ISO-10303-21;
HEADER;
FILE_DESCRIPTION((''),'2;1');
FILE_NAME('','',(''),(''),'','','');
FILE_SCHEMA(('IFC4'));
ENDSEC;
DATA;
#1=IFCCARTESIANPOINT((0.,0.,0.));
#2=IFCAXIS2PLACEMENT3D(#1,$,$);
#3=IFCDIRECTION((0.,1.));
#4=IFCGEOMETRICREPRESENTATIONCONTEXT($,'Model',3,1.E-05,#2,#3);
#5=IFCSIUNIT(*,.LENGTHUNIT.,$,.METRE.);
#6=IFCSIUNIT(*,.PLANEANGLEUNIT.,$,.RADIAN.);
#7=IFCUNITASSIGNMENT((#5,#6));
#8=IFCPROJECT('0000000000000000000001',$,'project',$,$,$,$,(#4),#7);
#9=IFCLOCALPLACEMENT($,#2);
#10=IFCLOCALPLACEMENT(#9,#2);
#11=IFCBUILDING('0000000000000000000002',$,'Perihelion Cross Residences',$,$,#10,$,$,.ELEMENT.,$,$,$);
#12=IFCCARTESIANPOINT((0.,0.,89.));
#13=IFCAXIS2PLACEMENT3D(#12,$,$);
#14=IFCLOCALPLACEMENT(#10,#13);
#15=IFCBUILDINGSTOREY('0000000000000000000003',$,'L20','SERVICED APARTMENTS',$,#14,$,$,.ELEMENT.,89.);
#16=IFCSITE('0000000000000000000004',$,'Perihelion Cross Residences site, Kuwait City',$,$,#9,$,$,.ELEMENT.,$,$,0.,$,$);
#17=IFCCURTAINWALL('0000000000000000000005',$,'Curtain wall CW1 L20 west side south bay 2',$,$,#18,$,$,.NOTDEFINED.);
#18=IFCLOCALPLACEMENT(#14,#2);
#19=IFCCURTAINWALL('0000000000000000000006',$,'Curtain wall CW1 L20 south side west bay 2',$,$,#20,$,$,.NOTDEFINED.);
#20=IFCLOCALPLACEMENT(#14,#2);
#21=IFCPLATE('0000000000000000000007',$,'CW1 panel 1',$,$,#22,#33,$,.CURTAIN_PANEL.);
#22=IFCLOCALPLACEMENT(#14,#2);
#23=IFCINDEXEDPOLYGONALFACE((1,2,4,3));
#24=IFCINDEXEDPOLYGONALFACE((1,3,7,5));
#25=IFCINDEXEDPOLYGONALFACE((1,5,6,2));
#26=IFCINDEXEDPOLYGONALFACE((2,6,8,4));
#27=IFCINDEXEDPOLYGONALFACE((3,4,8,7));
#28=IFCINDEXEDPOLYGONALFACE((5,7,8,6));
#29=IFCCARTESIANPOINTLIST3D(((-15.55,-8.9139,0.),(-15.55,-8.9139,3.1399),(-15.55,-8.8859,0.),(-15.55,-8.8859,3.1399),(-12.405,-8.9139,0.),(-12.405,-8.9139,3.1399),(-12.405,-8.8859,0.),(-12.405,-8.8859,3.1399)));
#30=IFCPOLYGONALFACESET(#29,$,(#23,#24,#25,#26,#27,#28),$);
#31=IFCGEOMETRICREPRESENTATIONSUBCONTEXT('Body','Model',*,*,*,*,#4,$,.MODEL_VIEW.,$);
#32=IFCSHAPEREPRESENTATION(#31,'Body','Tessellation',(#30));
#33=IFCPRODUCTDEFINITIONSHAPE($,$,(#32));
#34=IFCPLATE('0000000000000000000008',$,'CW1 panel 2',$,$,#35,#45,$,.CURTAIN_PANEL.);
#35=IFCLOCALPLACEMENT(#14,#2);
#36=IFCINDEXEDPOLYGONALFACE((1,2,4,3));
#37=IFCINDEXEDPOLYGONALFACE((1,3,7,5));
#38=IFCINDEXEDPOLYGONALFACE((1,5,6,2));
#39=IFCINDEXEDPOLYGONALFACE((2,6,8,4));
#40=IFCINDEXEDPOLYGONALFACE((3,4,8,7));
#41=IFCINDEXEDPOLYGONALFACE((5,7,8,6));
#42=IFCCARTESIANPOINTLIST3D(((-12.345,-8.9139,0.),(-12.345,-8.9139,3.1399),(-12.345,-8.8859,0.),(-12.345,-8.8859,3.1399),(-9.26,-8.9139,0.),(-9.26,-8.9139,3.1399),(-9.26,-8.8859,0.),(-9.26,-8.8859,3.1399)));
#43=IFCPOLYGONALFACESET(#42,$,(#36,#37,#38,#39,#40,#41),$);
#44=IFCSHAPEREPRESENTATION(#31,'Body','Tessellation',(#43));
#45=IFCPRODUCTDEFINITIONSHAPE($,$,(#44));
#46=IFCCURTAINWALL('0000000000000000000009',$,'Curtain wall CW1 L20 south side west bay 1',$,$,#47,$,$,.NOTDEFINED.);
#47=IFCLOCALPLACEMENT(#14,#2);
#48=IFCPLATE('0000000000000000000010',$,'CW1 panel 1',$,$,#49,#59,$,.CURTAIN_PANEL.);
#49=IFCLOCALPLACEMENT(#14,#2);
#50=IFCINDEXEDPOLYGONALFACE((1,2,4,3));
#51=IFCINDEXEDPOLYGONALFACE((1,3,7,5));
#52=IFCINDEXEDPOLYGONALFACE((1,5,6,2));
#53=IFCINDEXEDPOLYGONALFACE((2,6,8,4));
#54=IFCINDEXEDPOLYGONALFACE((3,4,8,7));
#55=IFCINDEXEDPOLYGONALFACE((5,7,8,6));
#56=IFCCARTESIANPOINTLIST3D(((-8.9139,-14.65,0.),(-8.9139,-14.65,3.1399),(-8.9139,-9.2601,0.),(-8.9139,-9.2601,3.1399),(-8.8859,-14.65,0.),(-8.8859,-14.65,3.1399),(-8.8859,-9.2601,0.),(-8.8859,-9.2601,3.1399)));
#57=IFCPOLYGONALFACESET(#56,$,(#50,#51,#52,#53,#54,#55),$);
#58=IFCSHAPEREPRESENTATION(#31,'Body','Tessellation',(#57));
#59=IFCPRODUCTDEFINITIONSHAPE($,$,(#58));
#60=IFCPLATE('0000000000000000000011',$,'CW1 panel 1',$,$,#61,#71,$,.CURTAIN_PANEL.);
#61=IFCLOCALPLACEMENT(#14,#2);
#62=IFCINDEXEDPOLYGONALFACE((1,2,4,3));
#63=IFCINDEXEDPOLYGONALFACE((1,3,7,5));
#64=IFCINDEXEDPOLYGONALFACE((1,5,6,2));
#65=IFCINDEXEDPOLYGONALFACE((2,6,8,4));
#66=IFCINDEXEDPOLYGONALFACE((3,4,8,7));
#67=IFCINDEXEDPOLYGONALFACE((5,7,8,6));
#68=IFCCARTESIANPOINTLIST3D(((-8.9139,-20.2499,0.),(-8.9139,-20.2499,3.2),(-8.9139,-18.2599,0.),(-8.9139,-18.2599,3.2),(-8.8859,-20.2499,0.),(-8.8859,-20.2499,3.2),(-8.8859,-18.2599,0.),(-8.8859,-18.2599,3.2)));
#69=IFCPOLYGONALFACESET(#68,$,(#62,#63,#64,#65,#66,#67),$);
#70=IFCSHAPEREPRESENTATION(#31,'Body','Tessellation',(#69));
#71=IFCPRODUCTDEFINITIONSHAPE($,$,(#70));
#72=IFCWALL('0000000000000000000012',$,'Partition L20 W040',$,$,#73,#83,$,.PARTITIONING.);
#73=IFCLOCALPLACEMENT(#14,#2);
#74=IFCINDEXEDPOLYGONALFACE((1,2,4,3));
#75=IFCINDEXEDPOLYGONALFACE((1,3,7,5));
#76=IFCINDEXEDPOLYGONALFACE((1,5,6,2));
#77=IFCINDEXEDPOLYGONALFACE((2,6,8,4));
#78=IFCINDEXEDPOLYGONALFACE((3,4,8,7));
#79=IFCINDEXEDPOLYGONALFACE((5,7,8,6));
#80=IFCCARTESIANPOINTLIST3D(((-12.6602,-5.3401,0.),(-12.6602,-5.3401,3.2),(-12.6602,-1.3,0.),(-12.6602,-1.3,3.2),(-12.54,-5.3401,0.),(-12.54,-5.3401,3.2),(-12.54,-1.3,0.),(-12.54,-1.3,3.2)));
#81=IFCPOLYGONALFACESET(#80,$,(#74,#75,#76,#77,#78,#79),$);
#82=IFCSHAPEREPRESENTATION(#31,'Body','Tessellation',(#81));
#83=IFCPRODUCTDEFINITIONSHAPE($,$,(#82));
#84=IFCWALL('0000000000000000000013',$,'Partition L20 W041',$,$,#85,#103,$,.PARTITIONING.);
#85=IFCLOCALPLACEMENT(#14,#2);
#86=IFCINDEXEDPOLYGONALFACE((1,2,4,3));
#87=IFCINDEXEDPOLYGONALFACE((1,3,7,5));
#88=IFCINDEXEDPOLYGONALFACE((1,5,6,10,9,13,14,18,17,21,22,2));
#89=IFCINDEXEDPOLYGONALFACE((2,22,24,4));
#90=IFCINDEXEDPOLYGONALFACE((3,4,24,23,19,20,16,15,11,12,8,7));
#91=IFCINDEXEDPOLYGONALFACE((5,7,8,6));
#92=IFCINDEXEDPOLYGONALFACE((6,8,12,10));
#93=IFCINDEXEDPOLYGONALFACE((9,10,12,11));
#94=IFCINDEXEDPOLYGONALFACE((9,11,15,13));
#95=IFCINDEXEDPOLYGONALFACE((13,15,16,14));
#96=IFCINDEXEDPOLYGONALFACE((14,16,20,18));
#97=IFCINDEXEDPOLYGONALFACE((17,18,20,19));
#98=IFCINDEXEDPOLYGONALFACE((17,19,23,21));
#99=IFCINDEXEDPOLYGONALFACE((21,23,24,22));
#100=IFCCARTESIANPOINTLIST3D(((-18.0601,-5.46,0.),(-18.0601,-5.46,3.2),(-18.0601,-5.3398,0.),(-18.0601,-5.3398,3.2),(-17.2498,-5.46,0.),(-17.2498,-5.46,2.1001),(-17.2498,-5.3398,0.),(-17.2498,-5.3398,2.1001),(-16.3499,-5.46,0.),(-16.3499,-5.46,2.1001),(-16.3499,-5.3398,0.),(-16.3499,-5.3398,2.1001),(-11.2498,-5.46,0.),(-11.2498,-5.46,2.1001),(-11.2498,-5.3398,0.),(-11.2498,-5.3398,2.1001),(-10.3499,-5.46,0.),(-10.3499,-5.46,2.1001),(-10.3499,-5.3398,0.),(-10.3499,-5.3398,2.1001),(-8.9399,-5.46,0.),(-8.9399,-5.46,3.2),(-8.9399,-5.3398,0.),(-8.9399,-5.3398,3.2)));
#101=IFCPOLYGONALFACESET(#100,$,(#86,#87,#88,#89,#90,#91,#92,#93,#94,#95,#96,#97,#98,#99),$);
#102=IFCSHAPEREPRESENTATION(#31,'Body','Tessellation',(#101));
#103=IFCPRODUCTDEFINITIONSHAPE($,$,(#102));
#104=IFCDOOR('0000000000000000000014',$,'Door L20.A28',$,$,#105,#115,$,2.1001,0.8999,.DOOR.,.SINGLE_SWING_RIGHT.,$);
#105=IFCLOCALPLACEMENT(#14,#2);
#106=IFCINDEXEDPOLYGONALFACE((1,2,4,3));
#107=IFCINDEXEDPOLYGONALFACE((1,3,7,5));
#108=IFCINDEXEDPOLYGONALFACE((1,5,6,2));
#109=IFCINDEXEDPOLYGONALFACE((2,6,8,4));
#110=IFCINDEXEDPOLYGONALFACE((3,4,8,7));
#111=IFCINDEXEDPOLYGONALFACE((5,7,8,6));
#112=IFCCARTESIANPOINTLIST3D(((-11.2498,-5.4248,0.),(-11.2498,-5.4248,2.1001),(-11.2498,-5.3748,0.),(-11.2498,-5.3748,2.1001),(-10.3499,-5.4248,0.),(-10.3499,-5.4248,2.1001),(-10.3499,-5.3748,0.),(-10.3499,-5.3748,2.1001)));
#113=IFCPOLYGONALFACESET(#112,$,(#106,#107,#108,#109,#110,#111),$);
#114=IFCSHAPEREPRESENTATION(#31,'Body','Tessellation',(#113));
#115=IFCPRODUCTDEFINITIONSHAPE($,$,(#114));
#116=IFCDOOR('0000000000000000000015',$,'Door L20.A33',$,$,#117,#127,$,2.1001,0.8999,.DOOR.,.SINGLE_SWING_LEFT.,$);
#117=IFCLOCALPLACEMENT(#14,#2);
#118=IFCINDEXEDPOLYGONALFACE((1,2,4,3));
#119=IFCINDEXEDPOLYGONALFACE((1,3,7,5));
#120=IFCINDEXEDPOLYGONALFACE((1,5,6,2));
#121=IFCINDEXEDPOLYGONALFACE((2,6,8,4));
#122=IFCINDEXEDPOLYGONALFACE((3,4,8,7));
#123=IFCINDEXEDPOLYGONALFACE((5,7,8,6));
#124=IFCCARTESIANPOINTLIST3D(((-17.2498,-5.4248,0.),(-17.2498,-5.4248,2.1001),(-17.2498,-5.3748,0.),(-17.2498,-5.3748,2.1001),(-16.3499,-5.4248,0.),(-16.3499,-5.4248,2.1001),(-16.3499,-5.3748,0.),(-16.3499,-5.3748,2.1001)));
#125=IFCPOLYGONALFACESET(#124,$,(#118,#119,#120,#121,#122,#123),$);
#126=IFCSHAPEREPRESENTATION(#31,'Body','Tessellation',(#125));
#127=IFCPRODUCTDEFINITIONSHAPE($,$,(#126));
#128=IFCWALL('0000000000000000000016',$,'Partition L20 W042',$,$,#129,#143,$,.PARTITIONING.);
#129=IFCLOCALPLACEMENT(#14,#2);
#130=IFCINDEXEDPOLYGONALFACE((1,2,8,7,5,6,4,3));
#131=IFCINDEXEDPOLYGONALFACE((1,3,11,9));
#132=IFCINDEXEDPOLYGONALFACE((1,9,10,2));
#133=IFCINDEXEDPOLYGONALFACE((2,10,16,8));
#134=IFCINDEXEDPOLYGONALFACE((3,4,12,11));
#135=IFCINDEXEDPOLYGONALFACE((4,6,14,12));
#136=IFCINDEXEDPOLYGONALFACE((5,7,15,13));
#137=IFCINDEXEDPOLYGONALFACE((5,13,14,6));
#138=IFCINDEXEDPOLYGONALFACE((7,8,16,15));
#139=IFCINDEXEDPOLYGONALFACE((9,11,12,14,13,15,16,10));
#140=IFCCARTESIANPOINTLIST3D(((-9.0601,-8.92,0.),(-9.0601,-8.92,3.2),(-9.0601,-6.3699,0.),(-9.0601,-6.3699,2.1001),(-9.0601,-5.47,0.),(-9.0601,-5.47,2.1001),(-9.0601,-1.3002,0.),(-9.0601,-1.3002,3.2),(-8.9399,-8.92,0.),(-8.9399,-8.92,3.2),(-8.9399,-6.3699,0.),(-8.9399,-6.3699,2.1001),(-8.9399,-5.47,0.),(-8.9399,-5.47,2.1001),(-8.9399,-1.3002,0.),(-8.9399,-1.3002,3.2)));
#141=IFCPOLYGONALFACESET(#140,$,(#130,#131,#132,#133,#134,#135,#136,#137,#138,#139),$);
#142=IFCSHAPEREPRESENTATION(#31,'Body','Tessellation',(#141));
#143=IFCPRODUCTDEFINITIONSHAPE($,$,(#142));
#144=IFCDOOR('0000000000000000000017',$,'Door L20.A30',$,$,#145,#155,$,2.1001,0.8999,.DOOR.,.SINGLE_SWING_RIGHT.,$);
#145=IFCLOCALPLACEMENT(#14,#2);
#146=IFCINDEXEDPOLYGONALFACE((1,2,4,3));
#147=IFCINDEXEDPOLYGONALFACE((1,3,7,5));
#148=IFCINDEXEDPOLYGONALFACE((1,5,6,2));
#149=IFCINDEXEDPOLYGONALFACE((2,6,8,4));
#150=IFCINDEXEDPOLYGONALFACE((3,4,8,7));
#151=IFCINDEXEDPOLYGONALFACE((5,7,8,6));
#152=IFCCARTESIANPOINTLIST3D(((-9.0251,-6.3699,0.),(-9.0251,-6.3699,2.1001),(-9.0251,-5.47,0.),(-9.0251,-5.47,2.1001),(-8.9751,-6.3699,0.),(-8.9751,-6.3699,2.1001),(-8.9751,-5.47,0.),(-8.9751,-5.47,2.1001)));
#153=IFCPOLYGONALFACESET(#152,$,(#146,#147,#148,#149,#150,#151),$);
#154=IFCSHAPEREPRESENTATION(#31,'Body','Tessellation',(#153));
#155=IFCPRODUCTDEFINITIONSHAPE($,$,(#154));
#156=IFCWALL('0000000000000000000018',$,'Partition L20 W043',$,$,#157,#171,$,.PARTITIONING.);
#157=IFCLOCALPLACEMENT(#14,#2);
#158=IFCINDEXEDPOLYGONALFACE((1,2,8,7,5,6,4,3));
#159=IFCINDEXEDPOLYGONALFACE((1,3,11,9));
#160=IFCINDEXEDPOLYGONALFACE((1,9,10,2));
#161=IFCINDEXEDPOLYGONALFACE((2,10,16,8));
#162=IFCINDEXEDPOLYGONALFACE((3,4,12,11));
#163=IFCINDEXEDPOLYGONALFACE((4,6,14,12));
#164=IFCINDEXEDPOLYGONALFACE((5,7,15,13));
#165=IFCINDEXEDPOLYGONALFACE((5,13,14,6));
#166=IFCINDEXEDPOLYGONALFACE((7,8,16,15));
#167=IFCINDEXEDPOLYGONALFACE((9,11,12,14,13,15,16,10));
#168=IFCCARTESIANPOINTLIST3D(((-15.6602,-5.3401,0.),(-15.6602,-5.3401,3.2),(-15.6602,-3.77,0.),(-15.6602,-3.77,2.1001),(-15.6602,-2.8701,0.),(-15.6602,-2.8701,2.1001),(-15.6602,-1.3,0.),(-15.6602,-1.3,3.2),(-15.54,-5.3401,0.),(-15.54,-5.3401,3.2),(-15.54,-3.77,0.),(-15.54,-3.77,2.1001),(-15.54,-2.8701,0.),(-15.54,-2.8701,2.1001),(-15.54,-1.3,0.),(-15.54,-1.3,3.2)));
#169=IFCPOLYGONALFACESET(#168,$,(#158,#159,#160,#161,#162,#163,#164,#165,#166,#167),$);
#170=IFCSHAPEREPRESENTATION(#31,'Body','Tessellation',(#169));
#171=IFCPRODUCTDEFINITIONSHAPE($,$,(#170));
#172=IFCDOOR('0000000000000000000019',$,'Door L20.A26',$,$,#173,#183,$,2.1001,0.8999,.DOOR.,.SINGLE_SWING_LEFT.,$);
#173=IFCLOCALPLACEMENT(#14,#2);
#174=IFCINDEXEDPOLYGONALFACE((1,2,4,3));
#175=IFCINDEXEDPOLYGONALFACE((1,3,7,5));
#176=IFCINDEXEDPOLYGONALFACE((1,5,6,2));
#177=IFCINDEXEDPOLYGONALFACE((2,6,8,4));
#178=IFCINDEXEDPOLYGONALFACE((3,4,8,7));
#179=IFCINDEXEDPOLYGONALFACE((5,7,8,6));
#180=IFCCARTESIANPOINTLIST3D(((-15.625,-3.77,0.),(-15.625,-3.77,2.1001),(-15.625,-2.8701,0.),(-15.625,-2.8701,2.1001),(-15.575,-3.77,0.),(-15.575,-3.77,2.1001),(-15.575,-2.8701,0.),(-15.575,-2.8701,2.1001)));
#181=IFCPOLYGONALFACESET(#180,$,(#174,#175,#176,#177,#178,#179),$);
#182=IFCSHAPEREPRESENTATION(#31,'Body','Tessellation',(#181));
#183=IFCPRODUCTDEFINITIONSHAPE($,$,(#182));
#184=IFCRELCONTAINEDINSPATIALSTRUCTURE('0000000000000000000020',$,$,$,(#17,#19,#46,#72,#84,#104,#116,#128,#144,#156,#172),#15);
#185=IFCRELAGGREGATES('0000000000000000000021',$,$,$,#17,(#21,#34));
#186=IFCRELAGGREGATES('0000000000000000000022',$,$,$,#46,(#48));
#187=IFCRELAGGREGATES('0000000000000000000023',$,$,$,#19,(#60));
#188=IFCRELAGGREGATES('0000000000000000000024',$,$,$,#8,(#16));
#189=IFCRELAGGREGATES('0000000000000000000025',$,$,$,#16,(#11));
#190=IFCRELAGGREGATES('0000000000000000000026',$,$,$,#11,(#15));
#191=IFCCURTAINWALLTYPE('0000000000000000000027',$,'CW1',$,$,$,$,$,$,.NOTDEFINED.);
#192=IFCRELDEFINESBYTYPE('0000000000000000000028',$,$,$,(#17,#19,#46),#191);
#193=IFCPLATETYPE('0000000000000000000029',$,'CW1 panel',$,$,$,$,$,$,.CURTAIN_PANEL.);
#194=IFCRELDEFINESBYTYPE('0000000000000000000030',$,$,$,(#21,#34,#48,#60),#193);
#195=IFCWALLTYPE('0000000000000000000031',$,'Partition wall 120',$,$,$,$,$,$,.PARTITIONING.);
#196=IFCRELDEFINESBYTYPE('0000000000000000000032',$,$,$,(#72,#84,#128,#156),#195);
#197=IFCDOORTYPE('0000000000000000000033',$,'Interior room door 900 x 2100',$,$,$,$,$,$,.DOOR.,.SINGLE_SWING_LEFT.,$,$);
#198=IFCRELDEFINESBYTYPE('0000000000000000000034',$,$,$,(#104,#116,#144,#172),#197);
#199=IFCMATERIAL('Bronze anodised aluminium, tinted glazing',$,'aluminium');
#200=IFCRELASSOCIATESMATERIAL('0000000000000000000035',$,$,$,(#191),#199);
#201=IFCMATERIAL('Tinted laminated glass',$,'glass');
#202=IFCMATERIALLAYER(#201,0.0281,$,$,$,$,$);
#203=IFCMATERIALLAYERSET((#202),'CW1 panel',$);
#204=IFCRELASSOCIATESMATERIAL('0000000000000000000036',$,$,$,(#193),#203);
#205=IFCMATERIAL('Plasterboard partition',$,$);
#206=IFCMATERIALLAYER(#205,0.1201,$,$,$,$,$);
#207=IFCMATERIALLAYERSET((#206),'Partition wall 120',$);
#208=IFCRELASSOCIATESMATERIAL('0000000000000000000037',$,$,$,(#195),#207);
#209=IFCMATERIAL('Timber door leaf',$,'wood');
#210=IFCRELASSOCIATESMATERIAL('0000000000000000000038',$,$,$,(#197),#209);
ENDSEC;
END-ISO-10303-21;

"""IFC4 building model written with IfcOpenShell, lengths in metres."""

from ifc_helpers import new_model, si_unit, direction, frame, frame_2d, origin, origin_2d, place, context, subcontext, project, spatial, rectangle, extrude, material, layer, layer_set, type_object, element, fill, aggregate, save


model = new_model("IFC4")

# Units and contexts
model_context = context("Model", 3, precision=1e-05, world=origin(), true_north=direction((0.0, 1.0)))
body_context = subcontext(model_context, "Body", "Model", "MODEL_VIEW")
ifc_project = project(units=[si_unit("LENGTHUNIT", "METRE"), si_unit("PLANEANGLEUNIT", "RADIAN")], contexts=[model_context])

# Site, building, storey
site_placement = place(None, origin())
site = spatial("IfcSite", under=ifc_project, at=site_placement, Name="Perihelion Cross Residences site, Kuwait City", CompositionType="ELEMENT", RefElevation=0.0)
building_placement = place(site_placement, origin())
building = spatial("IfcBuilding", under=site, at=building_placement, Name="Perihelion Cross Residences", CompositionType="ELEMENT")
storey_placement = place(building_placement, frame((0.0, 0.0, 89.0)))
storey = spatial("IfcBuildingStorey", under=building, at=storey_placement, Name="L20", Description="SERVICED APARTMENTS", CompositionType="ELEMENT", Elevation=89.0)

# Curtain wall
ifc_material_1 = material(Name="Bronze anodised aluminium, tinted glazing", Category="aluminium")
curtain_wall_type = type_object("IfcCurtainWallType", Name="CW1", PredefinedType="NOTDEFINED", material=ifc_material_1)
curtain_wall_1_placement = place(storey_placement, origin())
curtain_wall_1 = element("IfcCurtainWall", 1, at=curtain_wall_1_placement, inside=storey, type_object=curtain_wall_type, Name="Curtain wall CW1 L20 west side south bay 2", PredefinedType="NOTDEFINED")

# Curtain wall
curtain_wall_2_placement = place(storey_placement, origin())
curtain_wall_2 = element("IfcCurtainWall", 2, at=curtain_wall_2_placement, inside=storey, type_object=curtain_wall_type, Name="Curtain wall CW1 L20 south side west bay 2", PredefinedType="NOTDEFINED")

# Plates
ifc_material_2 = material(Name="Tinted laminated glass", Category="glass")
ifc_layer_1 = layer(ifc_material_2, 0.0281)
ifc_layer_set_1 = layer_set([ifc_layer_1], Name="CW1 panel")
plate_type = type_object("IfcPlateType", Name="CW1 panel", PredefinedType="CURTAIN_PANEL", material=ifc_layer_set_1)
plate_1_placement = place(storey_placement, frame((-13.9775, -8.8999, 0.0), z_axis=(0.0, 0.0, 1.0), x_axis=(1.0, 0.0, 0.0)))
plate_1 = element("IfcPlate", 3, at=plate_1_placement, type_object=plate_type, Name="CW1 panel 1", PredefinedType="CURTAIN_PANEL", context=body_context, shape_type="SweptSolid", body=[
    extrude(rectangle(XDim=3.145, YDim=0.0281, at=origin_2d()), origin(), (0.0, 0.0, 1.0), 3.1399),
])
plate_2_placement = place(storey_placement, frame((-10.8025, -8.8999, 0.0), z_axis=(0.0, 0.0, 1.0), x_axis=(1.0, 0.0, 0.0)))
plate_2 = element("IfcPlate", 4, at=plate_2_placement, type_object=plate_type, Name="CW1 panel 2", PredefinedType="CURTAIN_PANEL", context=body_context, shape_type="SweptSolid", body=[
    extrude(rectangle(XDim=3.085, YDim=0.0281, at=origin_2d()), origin(), (0.0, 0.0, 1.0), 3.1399),
])
aggregate(curtain_wall_1, [plate_1, plate_2])

# Curtain wall, plate
curtain_wall_3_placement = place(storey_placement, origin())
curtain_wall_3 = element("IfcCurtainWall", 5, at=curtain_wall_3_placement, inside=storey, type_object=curtain_wall_type, Name="Curtain wall CW1 L20 south side west bay 1", PredefinedType="NOTDEFINED")
plate_3_placement = place(storey_placement, frame((-8.8999, -11.9551, 0.0), z_axis=(0.0, 0.0, 1.0), x_axis=(0.0, -1.0, 0.0)))
plate_3 = element("IfcPlate", 6, at=plate_3_placement, type_object=plate_type, Name="CW1 panel 1", PredefinedType="CURTAIN_PANEL", context=body_context, shape_type="SweptSolid", body=[
    extrude(rectangle(XDim=5.3899, YDim=0.0281, at=origin_2d()), origin(), (0.0, 0.0, 1.0), 3.1399),
])
aggregate(curtain_wall_3, [plate_3])

# Plate
plate_4_placement = place(storey_placement, frame((-8.8999, -19.2549, 0.0), z_axis=(0.0, 0.0, 1.0), x_axis=(0.0, -1.0, 0.0)))
plate_4 = element("IfcPlate", 7, at=plate_4_placement, type_object=plate_type, Name="CW1 panel 1", PredefinedType="CURTAIN_PANEL", context=body_context, shape_type="SweptSolid", body=[
    extrude(rectangle(XDim=1.99, YDim=0.0281, at=origin_2d()), origin(), (0.0, 0.0, 1.0), 3.2),
])
aggregate(curtain_wall_2, [plate_4])

# Wall
ifc_material_3 = material(Name="Plasterboard partition")
ifc_layer_2 = layer(ifc_material_3, 0.1201)
ifc_layer_set_2 = layer_set([ifc_layer_2], Name="Partition wall 120")
wall_type_1 = type_object("IfcWallType", Name="Partition wall 120", PredefinedType="PARTITIONING", material=ifc_layer_set_2)
wall_1_placement = place(storey_placement, frame((-12.6001, -5.3401, 0.0), z_axis=(0.0, 0.0, 1.0), x_axis=(0.0, 1.0, 0.0)))
element("IfcWall", 8, at=wall_1_placement, inside=storey, type_object=wall_type_1, Name="Partition L20 W040", PredefinedType="PARTITIONING", context=body_context, shape_type="SweptSolid", body=[
    extrude(rectangle(XDim=4.04, YDim=0.1201, at=frame_2d((2.02, 0.0))), origin(), (0.0, 0.0, 1.0), 3.2),
])

# Wall, openings, doors
wall_2_placement = place(storey_placement, frame((-8.9399, -5.3999, 0.0), z_axis=(0.0, 0.0, 1.0), x_axis=(-1.0, 0.0, 0.0)))
wall_2 = element("IfcWall", 9, at=wall_2_placement, inside=storey, type_object=wall_type_1, Name="Partition L20 W041", PredefinedType="PARTITIONING", context=body_context, shape_type="SweptSolid", body=[
    extrude(rectangle(XDim=9.1201, YDim=0.1201, at=frame_2d((4.5601, 0.0))), origin(), (0.0, 0.0, 1.0), 3.2),
])
opening_1_placement = place(wall_2_placement, frame((1.4099, 0.0, 0.0)))
opening_1 = element("IfcOpeningElement", 10, at=opening_1_placement, cuts=wall_2, PredefinedType="OPENING", context=body_context, shape_type="SweptSolid", body=[
    extrude(rectangle(XDim=0.8999, YDim=2.1001, at=frame_2d((0.45, 1.05))), frame((0.0, 0.0701, 0.0), z_axis=(0.0, -1.0, 0.0), x_axis=(1.0, 0.0, 0.0)), (0.0, 0.0, 1.0), 0.1401),
])
opening_2_placement = place(wall_2_placement, frame((7.4099, 0.0, 0.0)))
opening_2 = element("IfcOpeningElement", 11, at=opening_2_placement, cuts=wall_2, PredefinedType="OPENING", context=body_context, shape_type="SweptSolid", body=[
    extrude(rectangle(XDim=0.8999, YDim=2.1001, at=frame_2d((0.45, 1.05))), frame((0.0, 0.0701, 0.0), z_axis=(0.0, -1.0, 0.0), x_axis=(1.0, 0.0, 0.0)), (0.0, 0.0, 1.0), 0.1401),
])
ifc_material_4 = material(Name="Timber door leaf", Category="wood")
door_type_1 = type_object("IfcDoorType", Name="Interior room door 900 x 2100", OperationType="SINGLE_SWING_LEFT", PredefinedType="DOOR", material=ifc_material_4)
door_1_placement = place(opening_1_placement, origin())
door_1 = element("IfcDoor", 12, at=door_1_placement, inside=storey, type_object=door_type_1, Name="Door L20.A28", OperationType="SINGLE_SWING_RIGHT", OverallHeight=2.1001, OverallWidth=0.8999, PredefinedType="DOOR", context=body_context, shape_type="SweptSolid", body=[
    extrude(rectangle(XDim=0.8999, YDim=2.1001, at=frame_2d((0.45, 1.05))), frame((0.0, 0.0249, 0.0), z_axis=(0.0, -1.0, 0.0), x_axis=(1.0, 0.0, 0.0)), (0.0, 0.0, 1.0), 0.05),
])
fill(opening_1, door_1)
door_2_placement = place(opening_2_placement, origin())
door_2 = element("IfcDoor", 13, at=door_2_placement, inside=storey, type_object=door_type_1, Name="Door L20.A33", OperationType="SINGLE_SWING_LEFT", OverallHeight=2.1001, OverallWidth=0.8999, PredefinedType="DOOR", context=body_context, shape_type="SweptSolid", body=[
    extrude(rectangle(XDim=0.8999, YDim=2.1001, at=frame_2d((0.45, 1.05))), frame((0.0, 0.0249, 0.0), z_axis=(0.0, -1.0, 0.0), x_axis=(1.0, 0.0, 0.0)), (0.0, 0.0, 1.0), 0.05),
])
fill(opening_2, door_2)

# Walls, openings, doors
wall_3_placement = place(storey_placement, frame((-9.0, -1.3, 0.0), z_axis=(0.0, 0.0, 1.0), x_axis=(0.0, -1.0, 0.0)))
wall_3 = element("IfcWall", 14, at=wall_3_placement, inside=storey, type_object=wall_type_1, Name="Partition L20 W042", PredefinedType="PARTITIONING", context=body_context, shape_type="SweptSolid", body=[
    extrude(rectangle(XDim=7.6199, YDim=0.1201, at=frame_2d((3.8101, 0.0))), origin(), (0.0, 0.0, 1.0), 3.2),
])
opening_3_placement = place(wall_3_placement, frame((4.1699, 0.0, 0.0)))
opening_3 = element("IfcOpeningElement", 15, at=opening_3_placement, cuts=wall_3, PredefinedType="OPENING", context=body_context, shape_type="SweptSolid", body=[
    extrude(rectangle(XDim=0.8999, YDim=2.1001, at=frame_2d((0.45, 1.05))), frame((0.0, 0.0701, 0.0), z_axis=(0.0, -1.0, 0.0), x_axis=(1.0, 0.0, 0.0)), (0.0, 0.0, 1.0), 0.1401),
])
door_3_placement = place(opening_3_placement, origin())
door_3 = element("IfcDoor", 16, at=door_3_placement, inside=storey, type_object=door_type_1, Name="Door L20.A30", OperationType="SINGLE_SWING_RIGHT", OverallHeight=2.1001, OverallWidth=0.8999, PredefinedType="DOOR", context=body_context, shape_type="SweptSolid", body=[
    extrude(rectangle(XDim=0.8999, YDim=2.1001, at=frame_2d((0.45, 1.05))), frame((0.0, 0.0249, 0.0), z_axis=(0.0, -1.0, 0.0), x_axis=(1.0, 0.0, 0.0)), (0.0, 0.0, 1.0), 0.05),
])
fill(opening_3, door_3)
wall_4_placement = place(storey_placement, frame((-15.6001, -5.3401, 0.0), z_axis=(0.0, 0.0, 1.0), x_axis=(0.0, 1.0, 0.0)))
wall_4 = element("IfcWall", 17, at=wall_4_placement, inside=storey, type_object=wall_type_1, Name="Partition L20 W043", PredefinedType="PARTITIONING", context=body_context, shape_type="SweptSolid", body=[
    extrude(rectangle(XDim=4.04, YDim=0.1201, at=frame_2d((2.02, 0.0))), origin(), (0.0, 0.0, 1.0), 3.2),
])
opening_4_placement = place(wall_4_placement, frame((1.5701, 0.0, 0.0)))
opening_4 = element("IfcOpeningElement", 18, at=opening_4_placement, cuts=wall_4, PredefinedType="OPENING", context=body_context, shape_type="SweptSolid", body=[
    extrude(rectangle(XDim=0.8999, YDim=2.1001, at=frame_2d((0.45, 1.05))), frame((0.0, 0.0701, 0.0), z_axis=(0.0, -1.0, 0.0), x_axis=(1.0, 0.0, 0.0)), (0.0, 0.0, 1.0), 0.1401),
])
door_4_placement = place(opening_4_placement, origin())
door_4 = element("IfcDoor", 19, at=door_4_placement, inside=storey, type_object=door_type_1, Name="Door L20.A26", OperationType="SINGLE_SWING_LEFT", OverallHeight=2.1001, OverallWidth=0.8999, PredefinedType="DOOR", context=body_context, shape_type="SweptSolid", body=[
    extrude(rectangle(XDim=0.8999, YDim=2.1001, at=frame_2d((0.45, 1.05))), frame((0.0, 0.0249, 0.0), z_axis=(0.0, -1.0, 0.0), x_axis=(1.0, 0.0, 0.0)), (0.0, 0.0, 1.0), 0.05),
])
fill(opening_4, door_4)

save(model, "model.ifc")
